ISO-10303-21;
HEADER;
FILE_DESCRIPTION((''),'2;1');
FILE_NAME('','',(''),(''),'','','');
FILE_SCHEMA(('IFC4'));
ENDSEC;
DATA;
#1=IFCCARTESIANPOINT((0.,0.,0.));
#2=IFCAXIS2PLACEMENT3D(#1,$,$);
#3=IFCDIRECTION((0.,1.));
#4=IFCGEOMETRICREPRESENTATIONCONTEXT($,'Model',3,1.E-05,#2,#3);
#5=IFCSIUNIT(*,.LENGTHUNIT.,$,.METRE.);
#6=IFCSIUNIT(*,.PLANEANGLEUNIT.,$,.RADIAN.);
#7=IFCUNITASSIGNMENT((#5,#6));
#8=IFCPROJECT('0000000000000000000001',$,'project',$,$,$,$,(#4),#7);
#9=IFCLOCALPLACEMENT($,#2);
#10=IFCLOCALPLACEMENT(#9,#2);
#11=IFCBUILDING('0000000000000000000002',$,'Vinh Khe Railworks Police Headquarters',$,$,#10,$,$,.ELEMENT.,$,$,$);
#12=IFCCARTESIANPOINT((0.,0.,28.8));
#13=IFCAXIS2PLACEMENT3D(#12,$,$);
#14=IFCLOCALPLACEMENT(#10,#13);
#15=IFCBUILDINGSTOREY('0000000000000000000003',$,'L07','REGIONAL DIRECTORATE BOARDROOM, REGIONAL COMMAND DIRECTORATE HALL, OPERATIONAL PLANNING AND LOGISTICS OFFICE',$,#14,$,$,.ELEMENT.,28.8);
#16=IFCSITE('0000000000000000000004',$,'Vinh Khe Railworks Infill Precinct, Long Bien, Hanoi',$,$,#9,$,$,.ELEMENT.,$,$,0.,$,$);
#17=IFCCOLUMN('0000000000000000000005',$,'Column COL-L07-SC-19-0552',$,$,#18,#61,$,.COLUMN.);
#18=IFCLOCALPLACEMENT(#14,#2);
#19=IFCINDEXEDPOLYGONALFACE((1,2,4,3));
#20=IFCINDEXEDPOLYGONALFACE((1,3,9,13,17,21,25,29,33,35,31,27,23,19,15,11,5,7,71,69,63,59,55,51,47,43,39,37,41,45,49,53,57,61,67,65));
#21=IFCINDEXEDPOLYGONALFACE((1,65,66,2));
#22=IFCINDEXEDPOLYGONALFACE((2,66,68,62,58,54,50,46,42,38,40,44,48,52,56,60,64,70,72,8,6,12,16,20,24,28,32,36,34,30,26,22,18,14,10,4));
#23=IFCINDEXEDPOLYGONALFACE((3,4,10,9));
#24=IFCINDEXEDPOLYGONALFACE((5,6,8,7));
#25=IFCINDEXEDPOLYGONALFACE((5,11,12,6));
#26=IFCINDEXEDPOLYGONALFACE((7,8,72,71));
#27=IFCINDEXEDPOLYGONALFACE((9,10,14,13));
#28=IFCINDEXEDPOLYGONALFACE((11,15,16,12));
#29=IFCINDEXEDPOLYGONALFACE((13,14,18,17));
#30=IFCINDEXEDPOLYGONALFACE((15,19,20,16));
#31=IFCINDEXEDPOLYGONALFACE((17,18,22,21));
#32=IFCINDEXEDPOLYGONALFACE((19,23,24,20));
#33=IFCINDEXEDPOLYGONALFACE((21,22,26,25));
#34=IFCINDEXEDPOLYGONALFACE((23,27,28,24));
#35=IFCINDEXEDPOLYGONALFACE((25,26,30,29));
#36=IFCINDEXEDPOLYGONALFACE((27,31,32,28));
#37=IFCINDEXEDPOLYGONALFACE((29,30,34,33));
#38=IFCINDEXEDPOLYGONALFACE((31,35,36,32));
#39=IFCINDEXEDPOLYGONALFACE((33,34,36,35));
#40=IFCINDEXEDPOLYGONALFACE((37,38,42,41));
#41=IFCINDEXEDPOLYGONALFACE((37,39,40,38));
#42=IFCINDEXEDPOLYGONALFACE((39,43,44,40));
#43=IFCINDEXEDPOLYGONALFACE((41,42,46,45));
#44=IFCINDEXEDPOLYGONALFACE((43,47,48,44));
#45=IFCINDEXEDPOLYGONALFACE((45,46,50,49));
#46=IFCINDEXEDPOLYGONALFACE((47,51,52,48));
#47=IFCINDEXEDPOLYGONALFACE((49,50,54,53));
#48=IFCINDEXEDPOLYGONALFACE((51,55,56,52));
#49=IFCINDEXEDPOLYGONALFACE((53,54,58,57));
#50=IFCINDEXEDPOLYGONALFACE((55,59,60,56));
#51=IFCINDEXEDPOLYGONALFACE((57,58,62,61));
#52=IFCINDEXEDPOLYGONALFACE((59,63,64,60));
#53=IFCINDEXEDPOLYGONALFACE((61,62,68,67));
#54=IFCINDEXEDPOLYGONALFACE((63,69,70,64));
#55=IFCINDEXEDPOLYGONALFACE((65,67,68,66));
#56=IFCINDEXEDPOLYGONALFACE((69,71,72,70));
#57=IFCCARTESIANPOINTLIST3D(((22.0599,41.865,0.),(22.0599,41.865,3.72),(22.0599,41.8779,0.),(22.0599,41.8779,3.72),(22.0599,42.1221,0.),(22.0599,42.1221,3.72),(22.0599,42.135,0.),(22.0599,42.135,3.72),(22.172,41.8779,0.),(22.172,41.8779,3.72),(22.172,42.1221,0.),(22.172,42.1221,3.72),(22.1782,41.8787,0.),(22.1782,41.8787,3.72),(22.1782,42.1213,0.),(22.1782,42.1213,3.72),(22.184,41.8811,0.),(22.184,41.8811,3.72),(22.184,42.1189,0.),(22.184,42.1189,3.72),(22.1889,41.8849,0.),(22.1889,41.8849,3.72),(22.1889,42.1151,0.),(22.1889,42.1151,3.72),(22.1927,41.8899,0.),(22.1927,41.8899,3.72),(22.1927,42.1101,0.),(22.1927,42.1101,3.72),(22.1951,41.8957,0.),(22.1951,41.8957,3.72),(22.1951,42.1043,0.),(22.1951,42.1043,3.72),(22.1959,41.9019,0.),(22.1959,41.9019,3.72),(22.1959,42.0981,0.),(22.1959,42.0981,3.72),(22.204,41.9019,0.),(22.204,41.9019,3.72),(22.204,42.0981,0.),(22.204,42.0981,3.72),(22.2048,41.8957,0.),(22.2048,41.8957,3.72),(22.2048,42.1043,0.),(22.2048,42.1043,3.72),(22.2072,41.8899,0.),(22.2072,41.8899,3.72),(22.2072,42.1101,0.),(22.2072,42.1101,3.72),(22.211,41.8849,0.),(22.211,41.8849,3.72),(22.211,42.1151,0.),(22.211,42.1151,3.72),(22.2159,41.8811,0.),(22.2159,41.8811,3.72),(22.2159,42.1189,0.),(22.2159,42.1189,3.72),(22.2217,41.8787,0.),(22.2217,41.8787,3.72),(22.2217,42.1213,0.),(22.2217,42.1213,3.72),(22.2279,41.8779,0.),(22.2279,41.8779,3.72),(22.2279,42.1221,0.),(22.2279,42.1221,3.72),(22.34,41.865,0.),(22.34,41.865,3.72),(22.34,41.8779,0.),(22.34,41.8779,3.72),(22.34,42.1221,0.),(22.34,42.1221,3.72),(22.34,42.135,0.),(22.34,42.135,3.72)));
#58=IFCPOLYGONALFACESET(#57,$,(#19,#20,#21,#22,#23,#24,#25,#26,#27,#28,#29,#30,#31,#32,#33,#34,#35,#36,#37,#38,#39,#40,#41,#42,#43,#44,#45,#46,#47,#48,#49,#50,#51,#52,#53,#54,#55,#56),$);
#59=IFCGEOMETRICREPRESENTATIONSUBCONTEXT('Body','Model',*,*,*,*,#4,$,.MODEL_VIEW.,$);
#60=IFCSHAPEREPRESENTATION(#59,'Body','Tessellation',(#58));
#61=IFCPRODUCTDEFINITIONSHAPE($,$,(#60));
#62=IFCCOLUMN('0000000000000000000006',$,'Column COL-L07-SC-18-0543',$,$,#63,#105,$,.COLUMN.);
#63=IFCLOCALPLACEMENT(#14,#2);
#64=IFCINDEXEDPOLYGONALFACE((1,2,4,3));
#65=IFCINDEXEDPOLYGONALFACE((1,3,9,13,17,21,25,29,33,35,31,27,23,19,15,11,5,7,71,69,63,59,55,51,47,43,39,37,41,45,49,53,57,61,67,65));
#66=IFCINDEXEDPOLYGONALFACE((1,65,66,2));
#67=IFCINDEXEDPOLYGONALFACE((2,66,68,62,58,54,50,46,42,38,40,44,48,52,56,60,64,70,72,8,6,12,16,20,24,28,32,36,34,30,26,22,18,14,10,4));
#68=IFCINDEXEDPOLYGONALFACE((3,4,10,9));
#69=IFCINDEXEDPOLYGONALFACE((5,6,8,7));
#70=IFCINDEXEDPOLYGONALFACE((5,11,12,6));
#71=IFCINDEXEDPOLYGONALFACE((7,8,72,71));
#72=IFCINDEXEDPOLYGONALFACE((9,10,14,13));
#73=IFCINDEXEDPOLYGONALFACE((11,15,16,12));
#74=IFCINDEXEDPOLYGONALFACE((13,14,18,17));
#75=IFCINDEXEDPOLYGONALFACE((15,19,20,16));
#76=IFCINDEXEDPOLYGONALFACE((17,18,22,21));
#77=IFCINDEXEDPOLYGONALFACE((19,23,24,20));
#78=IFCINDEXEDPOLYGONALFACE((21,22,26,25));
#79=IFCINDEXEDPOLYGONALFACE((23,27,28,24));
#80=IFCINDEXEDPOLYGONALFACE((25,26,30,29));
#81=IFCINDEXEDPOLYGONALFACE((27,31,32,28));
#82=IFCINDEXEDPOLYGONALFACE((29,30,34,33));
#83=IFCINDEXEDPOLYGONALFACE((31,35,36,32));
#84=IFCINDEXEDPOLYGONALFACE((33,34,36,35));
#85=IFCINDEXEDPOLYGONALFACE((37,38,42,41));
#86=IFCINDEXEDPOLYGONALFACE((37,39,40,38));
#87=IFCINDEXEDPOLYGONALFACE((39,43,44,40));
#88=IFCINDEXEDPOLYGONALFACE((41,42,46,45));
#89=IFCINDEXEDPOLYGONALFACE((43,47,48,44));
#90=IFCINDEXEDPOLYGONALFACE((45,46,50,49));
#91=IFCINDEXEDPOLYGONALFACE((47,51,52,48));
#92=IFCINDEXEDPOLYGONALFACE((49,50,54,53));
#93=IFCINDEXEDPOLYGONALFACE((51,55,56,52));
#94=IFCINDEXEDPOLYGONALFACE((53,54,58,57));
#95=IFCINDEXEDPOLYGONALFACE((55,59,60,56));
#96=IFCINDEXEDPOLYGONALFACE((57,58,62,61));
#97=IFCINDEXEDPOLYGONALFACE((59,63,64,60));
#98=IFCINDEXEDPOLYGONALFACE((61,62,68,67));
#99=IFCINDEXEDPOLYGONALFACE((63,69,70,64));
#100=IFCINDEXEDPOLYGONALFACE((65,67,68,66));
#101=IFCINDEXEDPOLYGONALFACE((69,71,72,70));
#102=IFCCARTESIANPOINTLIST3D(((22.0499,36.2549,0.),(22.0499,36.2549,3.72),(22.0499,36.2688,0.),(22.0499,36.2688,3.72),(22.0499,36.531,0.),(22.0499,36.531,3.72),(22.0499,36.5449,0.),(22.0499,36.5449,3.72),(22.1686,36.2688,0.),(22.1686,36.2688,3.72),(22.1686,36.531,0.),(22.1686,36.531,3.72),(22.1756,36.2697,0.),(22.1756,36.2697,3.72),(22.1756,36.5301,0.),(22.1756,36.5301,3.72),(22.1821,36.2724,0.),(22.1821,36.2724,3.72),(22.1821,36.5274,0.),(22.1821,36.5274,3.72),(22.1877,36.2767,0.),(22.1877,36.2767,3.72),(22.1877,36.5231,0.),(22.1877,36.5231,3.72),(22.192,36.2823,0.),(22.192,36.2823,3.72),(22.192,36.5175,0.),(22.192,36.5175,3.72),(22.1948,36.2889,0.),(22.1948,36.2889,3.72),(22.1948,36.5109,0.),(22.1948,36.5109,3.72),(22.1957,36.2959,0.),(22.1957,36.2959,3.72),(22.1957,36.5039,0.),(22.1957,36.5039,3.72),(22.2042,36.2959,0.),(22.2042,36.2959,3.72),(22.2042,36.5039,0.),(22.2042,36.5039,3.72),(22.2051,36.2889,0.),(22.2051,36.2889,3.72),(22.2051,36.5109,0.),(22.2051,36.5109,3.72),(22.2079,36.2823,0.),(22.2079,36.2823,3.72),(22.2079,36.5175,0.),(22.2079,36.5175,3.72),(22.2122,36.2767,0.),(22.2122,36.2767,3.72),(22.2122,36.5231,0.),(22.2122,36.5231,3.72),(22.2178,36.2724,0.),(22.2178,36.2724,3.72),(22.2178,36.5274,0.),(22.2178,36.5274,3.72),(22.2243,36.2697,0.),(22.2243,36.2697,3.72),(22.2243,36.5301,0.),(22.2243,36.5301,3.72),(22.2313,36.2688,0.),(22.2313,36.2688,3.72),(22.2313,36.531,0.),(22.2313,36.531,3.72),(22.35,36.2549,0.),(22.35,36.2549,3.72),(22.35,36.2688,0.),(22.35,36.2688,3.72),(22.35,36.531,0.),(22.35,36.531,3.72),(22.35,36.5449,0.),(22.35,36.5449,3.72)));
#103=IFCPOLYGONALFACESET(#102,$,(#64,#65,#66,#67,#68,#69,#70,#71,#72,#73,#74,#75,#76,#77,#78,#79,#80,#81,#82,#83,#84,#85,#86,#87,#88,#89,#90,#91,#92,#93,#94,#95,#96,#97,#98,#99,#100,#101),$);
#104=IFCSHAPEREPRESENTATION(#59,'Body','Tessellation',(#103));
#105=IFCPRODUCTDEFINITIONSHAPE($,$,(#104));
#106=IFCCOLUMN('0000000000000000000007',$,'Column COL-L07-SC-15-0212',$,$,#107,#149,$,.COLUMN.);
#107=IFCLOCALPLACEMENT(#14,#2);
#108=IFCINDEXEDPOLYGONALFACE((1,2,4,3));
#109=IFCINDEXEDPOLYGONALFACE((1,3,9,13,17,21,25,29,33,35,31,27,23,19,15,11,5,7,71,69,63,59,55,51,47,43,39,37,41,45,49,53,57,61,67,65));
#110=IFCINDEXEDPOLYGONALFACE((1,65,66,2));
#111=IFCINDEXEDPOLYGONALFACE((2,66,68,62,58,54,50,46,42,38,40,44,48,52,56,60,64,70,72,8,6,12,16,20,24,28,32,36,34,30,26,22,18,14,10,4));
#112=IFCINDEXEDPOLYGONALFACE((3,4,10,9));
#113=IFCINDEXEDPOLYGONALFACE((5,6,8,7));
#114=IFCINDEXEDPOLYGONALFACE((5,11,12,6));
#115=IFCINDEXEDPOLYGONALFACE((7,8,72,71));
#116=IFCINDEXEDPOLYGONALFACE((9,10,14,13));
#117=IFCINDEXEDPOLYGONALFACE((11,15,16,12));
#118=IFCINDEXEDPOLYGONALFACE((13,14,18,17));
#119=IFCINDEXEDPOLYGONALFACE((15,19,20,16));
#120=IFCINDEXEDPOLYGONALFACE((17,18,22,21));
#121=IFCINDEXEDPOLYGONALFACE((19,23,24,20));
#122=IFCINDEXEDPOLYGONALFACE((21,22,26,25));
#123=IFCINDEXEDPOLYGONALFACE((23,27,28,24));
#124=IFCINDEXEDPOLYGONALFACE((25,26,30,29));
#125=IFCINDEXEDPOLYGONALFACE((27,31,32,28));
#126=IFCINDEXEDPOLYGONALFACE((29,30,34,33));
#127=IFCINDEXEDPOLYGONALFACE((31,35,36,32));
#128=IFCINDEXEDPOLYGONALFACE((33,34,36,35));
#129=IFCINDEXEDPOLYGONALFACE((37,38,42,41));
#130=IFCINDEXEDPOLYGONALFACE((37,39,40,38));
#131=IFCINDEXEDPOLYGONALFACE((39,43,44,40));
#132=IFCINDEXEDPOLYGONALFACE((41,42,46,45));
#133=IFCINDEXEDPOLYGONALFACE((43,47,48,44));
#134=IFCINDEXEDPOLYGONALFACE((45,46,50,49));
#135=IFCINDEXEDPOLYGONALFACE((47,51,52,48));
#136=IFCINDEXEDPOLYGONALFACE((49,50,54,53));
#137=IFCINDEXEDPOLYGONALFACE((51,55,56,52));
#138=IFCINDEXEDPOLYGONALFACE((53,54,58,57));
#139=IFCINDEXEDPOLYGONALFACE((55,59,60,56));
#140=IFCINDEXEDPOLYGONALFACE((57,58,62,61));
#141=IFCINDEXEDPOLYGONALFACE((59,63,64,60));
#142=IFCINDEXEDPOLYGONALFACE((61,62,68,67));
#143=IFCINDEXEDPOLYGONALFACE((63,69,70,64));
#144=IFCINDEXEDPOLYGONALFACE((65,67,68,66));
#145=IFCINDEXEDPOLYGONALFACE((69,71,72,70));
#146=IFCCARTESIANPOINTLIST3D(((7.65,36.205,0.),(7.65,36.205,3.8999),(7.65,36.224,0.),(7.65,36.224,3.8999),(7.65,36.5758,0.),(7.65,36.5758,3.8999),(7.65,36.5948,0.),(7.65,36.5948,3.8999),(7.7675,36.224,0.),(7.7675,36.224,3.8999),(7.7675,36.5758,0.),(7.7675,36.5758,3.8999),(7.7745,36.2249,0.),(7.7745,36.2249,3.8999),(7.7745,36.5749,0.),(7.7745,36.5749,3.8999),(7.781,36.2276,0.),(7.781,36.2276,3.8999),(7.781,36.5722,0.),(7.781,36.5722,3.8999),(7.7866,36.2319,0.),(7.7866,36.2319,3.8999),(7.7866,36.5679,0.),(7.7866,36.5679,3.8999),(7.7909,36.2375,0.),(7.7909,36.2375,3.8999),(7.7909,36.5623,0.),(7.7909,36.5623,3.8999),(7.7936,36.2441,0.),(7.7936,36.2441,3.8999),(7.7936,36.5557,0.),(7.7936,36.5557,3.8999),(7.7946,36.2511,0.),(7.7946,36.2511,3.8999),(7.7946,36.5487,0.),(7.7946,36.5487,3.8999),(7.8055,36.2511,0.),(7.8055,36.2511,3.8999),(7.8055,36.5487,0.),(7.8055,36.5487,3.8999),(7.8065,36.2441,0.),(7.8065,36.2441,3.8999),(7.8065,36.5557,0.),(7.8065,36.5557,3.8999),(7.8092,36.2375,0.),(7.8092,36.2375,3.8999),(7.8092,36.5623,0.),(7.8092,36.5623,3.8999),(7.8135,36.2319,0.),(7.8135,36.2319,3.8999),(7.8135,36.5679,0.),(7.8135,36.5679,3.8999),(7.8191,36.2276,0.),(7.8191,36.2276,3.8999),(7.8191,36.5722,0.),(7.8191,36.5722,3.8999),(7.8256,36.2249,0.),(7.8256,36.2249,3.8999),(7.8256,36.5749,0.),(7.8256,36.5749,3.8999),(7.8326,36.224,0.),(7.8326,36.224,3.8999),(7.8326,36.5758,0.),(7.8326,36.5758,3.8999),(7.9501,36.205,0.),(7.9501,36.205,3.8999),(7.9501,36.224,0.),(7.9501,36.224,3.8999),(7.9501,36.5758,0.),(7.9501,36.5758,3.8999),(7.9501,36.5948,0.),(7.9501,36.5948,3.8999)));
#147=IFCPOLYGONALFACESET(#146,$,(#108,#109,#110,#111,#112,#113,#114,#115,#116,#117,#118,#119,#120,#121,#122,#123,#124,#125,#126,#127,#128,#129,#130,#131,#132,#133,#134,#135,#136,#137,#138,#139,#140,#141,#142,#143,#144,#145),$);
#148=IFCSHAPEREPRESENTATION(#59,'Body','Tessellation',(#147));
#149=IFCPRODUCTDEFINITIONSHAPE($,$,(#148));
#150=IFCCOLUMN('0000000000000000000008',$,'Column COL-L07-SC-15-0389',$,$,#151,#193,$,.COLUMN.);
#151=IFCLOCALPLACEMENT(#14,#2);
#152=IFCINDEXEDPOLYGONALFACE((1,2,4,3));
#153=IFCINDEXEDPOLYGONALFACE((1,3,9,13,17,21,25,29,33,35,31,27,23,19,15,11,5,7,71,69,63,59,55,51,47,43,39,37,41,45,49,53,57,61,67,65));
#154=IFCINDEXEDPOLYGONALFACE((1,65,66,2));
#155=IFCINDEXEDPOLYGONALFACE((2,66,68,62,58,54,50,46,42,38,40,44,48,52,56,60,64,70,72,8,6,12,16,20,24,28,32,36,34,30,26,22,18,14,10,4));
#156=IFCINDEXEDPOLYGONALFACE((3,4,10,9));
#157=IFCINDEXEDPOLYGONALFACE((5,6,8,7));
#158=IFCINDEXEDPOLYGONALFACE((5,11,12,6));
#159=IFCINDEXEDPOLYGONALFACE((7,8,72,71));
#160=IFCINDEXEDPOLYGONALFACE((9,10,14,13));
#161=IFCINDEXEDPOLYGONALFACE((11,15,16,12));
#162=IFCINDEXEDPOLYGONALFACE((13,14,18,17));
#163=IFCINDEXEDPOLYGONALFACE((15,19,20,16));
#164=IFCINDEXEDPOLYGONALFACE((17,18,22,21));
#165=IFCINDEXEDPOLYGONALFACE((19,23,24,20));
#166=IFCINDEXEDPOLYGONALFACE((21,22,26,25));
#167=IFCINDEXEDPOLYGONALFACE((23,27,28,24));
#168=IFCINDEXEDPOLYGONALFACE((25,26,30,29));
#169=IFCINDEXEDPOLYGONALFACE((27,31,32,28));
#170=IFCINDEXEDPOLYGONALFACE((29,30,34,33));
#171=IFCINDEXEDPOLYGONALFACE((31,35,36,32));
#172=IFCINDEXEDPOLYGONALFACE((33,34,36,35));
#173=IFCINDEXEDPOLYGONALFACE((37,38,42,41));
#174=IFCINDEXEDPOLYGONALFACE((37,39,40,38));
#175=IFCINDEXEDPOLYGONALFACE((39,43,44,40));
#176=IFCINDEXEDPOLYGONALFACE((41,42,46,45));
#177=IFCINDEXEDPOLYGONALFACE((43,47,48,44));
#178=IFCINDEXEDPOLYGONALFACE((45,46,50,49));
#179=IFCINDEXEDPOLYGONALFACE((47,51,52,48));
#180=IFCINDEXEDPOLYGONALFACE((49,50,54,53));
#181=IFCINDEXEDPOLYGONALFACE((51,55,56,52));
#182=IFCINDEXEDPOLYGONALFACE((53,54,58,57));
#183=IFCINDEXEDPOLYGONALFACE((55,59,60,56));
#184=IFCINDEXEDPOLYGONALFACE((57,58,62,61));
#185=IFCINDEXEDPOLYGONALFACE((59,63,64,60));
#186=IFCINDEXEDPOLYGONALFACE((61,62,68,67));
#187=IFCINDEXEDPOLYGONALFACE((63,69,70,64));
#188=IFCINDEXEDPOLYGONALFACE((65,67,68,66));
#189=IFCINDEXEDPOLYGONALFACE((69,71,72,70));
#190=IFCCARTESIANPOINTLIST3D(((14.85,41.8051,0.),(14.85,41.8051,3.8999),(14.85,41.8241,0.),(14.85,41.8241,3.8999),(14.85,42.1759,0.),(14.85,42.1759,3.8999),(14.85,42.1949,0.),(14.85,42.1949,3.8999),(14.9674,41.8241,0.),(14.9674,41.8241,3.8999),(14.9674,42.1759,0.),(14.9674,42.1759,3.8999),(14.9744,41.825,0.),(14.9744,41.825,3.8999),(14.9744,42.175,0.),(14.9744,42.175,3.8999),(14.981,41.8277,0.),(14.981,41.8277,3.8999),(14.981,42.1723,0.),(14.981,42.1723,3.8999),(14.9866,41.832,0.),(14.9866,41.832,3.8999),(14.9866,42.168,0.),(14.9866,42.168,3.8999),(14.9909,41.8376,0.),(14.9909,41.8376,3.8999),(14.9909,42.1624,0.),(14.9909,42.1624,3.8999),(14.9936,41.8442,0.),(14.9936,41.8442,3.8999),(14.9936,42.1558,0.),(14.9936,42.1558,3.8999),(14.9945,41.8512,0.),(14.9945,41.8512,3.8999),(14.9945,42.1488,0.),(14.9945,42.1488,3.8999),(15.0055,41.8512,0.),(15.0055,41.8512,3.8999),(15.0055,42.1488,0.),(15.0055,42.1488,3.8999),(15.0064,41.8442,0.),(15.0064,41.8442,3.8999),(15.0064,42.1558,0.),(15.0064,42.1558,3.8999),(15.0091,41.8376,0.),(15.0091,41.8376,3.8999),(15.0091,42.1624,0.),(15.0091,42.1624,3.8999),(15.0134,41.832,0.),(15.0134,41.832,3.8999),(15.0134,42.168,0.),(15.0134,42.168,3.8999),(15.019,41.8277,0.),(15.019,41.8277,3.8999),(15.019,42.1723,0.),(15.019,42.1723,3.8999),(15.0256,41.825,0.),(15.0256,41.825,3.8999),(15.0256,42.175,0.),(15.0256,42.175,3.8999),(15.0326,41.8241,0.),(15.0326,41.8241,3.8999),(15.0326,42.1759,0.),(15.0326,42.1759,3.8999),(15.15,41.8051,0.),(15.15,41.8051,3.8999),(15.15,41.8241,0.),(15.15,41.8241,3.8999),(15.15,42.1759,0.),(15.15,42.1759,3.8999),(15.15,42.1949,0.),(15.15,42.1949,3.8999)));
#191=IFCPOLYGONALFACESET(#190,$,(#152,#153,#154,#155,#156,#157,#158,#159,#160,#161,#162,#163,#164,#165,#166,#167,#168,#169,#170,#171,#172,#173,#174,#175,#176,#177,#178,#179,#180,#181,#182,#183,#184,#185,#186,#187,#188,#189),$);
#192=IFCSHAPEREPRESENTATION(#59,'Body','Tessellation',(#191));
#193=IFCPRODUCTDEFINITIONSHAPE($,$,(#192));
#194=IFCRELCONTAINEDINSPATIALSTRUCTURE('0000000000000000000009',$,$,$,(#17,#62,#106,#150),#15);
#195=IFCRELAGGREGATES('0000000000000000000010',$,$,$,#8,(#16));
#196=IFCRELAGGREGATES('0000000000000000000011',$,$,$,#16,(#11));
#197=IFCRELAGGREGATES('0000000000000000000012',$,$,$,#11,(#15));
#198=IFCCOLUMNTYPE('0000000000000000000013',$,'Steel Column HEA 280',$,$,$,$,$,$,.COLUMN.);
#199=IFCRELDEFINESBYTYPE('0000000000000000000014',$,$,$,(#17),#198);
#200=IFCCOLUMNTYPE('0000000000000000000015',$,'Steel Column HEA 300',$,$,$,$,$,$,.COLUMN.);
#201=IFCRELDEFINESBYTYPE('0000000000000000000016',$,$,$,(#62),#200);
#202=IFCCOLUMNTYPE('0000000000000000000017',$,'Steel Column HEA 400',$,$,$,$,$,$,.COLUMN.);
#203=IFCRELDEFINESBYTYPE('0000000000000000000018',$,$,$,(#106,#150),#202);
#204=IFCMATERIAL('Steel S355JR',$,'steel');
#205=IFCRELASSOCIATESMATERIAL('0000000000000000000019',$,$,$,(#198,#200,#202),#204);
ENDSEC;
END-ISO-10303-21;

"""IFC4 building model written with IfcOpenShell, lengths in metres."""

from ifc_helpers import new_model, si_unit, direction, frame, origin, origin_2d, place, context, subcontext, project, spatial, i_section, extrude, material, material_profile, profile_set, type_object, element, save


model = new_model("IFC4")

# Units and contexts
model_context = context("Model", 3, precision=1e-05, world=origin(), true_north=direction((0.0, 1.0)))
body_context = subcontext(model_context, "Body", "Model", "MODEL_VIEW")
ifc_project = project(units=[si_unit("LENGTHUNIT", "METRE"), si_unit("PLANEANGLEUNIT", "RADIAN")], contexts=[model_context])

# Site, building, storey
site_placement = place(None, origin())
site = spatial("IfcSite", under=ifc_project, at=site_placement, Name="Vinh Khe Railworks Infill Precinct, Long Bien, Hanoi", CompositionType="ELEMENT", RefElevation=0.0)
building_placement = place(site_placement, origin())
building = spatial("IfcBuilding", under=site, at=building_placement, Name="Vinh Khe Railworks Police Headquarters", CompositionType="ELEMENT")
storey_placement = place(building_placement, frame((0.0, 0.0, 28.8)))
storey = spatial("IfcBuildingStorey", under=building, at=storey_placement, Name="L07", Description="REGIONAL DIRECTORATE BOARDROOM, REGIONAL COMMAND DIRECTORATE HALL, OPERATIONAL PLANNING AND LOGISTICS OFFICE", CompositionType="ELEMENT", Elevation=28.8)

# Columns
ifc_material_1 = material(Name="Steel S355JR", Category="steel")
ifc_material_profile_1 = material_profile(ifc_material_1, i_section(OverallWidth=0.28, OverallDepth=0.27, WebThickness=0.0081, FlangeThickness=0.0129, FilletRadius=0.0239, at=origin_2d()), Name="HEA 280")
ifc_profile_set_1 = profile_set([ifc_material_profile_1], Name="Steel S355JR")
column_type_1 = type_object("IfcColumnType", Name="Steel Column HEA 280", PredefinedType="COLUMN", material=ifc_profile_set_1)
column_1_placement = place(storey_placement, frame((22.2, 42.0, 0.0), z_axis=(0.0, 0.0, 1.0), x_axis=(1.0, 0.0, 0.0)))
element("IfcColumn", 1, at=column_1_placement, inside=storey, type_object=column_type_1, Name="Column COL-L07-SC-19-0552", PredefinedType="COLUMN", context=body_context, shape_type="SweptSolid", body=[
    extrude(i_section(OverallWidth=0.28, OverallDepth=0.27, WebThickness=0.0081, FlangeThickness=0.0129, FilletRadius=0.0239, at=origin_2d()), origin(), (0.0, 0.0, 1.0), 3.72),
])
ifc_material_profile_2 = material_profile(ifc_material_1, i_section(OverallWidth=0.3, OverallDepth=0.29, WebThickness=0.0085, FlangeThickness=0.0139, FilletRadius=0.0271, at=origin_2d()), Name="HEA 300")
ifc_profile_set_2 = profile_set([ifc_material_profile_2], Name="Steel S355JR")
column_type_2 = type_object("IfcColumnType", Name="Steel Column HEA 300", PredefinedType="COLUMN", material=ifc_profile_set_2)
column_2_placement = place(storey_placement, frame((22.2, 36.3999, 0.0), z_axis=(0.0, 0.0, 1.0), x_axis=(1.0, 0.0, 0.0)))
element("IfcColumn", 2, at=column_2_placement, inside=storey, type_object=column_type_2, Name="Column COL-L07-SC-18-0543", PredefinedType="COLUMN", context=body_context, shape_type="SweptSolid", body=[
    extrude(i_section(OverallWidth=0.3, OverallDepth=0.29, WebThickness=0.0085, FlangeThickness=0.0139, FilletRadius=0.0271, at=origin_2d()), origin(), (0.0, 0.0, 1.0), 3.72),
])
ifc_material_profile_3 = material_profile(ifc_material_1, i_section(OverallWidth=0.3, OverallDepth=0.3899, WebThickness=0.011, FlangeThickness=0.019, FilletRadius=0.0271, at=origin_2d()), Name="HEA 400")
ifc_profile_set_3 = profile_set([ifc_material_profile_3], Name="Steel S355JR")
column_type_3 = type_object("IfcColumnType", Name="Steel Column HEA 400", PredefinedType="COLUMN", material=ifc_profile_set_3)
for number, where, z_axis, x_axis, name in (
    (3, (7.8, 36.3999, 0.0), (0.0, 0.0, 1.0), (1.0, 0.0, 0.0), "Column COL-L07-SC-15-0212"),
    (4, (15.0, 42.0, 0.0), (0.0, 0.0, 1.0), (1.0, 0.0, 0.0), "Column COL-L07-SC-15-0389"),
):
    element("IfcColumn", number, at=place(storey_placement, frame(where, z_axis=z_axis, x_axis=x_axis)), inside=storey, type_object=column_type_3, Name=name, PredefinedType="COLUMN", context=body_context, shape_type="SweptSolid", body=[
        extrude(i_section(OverallWidth=0.3, OverallDepth=0.3899, WebThickness=0.011, FlangeThickness=0.019, FilletRadius=0.0271, at=origin_2d()), origin(), (0.0, 0.0, 1.0), 3.8999),
    ])

save(model, "model.ifc")
